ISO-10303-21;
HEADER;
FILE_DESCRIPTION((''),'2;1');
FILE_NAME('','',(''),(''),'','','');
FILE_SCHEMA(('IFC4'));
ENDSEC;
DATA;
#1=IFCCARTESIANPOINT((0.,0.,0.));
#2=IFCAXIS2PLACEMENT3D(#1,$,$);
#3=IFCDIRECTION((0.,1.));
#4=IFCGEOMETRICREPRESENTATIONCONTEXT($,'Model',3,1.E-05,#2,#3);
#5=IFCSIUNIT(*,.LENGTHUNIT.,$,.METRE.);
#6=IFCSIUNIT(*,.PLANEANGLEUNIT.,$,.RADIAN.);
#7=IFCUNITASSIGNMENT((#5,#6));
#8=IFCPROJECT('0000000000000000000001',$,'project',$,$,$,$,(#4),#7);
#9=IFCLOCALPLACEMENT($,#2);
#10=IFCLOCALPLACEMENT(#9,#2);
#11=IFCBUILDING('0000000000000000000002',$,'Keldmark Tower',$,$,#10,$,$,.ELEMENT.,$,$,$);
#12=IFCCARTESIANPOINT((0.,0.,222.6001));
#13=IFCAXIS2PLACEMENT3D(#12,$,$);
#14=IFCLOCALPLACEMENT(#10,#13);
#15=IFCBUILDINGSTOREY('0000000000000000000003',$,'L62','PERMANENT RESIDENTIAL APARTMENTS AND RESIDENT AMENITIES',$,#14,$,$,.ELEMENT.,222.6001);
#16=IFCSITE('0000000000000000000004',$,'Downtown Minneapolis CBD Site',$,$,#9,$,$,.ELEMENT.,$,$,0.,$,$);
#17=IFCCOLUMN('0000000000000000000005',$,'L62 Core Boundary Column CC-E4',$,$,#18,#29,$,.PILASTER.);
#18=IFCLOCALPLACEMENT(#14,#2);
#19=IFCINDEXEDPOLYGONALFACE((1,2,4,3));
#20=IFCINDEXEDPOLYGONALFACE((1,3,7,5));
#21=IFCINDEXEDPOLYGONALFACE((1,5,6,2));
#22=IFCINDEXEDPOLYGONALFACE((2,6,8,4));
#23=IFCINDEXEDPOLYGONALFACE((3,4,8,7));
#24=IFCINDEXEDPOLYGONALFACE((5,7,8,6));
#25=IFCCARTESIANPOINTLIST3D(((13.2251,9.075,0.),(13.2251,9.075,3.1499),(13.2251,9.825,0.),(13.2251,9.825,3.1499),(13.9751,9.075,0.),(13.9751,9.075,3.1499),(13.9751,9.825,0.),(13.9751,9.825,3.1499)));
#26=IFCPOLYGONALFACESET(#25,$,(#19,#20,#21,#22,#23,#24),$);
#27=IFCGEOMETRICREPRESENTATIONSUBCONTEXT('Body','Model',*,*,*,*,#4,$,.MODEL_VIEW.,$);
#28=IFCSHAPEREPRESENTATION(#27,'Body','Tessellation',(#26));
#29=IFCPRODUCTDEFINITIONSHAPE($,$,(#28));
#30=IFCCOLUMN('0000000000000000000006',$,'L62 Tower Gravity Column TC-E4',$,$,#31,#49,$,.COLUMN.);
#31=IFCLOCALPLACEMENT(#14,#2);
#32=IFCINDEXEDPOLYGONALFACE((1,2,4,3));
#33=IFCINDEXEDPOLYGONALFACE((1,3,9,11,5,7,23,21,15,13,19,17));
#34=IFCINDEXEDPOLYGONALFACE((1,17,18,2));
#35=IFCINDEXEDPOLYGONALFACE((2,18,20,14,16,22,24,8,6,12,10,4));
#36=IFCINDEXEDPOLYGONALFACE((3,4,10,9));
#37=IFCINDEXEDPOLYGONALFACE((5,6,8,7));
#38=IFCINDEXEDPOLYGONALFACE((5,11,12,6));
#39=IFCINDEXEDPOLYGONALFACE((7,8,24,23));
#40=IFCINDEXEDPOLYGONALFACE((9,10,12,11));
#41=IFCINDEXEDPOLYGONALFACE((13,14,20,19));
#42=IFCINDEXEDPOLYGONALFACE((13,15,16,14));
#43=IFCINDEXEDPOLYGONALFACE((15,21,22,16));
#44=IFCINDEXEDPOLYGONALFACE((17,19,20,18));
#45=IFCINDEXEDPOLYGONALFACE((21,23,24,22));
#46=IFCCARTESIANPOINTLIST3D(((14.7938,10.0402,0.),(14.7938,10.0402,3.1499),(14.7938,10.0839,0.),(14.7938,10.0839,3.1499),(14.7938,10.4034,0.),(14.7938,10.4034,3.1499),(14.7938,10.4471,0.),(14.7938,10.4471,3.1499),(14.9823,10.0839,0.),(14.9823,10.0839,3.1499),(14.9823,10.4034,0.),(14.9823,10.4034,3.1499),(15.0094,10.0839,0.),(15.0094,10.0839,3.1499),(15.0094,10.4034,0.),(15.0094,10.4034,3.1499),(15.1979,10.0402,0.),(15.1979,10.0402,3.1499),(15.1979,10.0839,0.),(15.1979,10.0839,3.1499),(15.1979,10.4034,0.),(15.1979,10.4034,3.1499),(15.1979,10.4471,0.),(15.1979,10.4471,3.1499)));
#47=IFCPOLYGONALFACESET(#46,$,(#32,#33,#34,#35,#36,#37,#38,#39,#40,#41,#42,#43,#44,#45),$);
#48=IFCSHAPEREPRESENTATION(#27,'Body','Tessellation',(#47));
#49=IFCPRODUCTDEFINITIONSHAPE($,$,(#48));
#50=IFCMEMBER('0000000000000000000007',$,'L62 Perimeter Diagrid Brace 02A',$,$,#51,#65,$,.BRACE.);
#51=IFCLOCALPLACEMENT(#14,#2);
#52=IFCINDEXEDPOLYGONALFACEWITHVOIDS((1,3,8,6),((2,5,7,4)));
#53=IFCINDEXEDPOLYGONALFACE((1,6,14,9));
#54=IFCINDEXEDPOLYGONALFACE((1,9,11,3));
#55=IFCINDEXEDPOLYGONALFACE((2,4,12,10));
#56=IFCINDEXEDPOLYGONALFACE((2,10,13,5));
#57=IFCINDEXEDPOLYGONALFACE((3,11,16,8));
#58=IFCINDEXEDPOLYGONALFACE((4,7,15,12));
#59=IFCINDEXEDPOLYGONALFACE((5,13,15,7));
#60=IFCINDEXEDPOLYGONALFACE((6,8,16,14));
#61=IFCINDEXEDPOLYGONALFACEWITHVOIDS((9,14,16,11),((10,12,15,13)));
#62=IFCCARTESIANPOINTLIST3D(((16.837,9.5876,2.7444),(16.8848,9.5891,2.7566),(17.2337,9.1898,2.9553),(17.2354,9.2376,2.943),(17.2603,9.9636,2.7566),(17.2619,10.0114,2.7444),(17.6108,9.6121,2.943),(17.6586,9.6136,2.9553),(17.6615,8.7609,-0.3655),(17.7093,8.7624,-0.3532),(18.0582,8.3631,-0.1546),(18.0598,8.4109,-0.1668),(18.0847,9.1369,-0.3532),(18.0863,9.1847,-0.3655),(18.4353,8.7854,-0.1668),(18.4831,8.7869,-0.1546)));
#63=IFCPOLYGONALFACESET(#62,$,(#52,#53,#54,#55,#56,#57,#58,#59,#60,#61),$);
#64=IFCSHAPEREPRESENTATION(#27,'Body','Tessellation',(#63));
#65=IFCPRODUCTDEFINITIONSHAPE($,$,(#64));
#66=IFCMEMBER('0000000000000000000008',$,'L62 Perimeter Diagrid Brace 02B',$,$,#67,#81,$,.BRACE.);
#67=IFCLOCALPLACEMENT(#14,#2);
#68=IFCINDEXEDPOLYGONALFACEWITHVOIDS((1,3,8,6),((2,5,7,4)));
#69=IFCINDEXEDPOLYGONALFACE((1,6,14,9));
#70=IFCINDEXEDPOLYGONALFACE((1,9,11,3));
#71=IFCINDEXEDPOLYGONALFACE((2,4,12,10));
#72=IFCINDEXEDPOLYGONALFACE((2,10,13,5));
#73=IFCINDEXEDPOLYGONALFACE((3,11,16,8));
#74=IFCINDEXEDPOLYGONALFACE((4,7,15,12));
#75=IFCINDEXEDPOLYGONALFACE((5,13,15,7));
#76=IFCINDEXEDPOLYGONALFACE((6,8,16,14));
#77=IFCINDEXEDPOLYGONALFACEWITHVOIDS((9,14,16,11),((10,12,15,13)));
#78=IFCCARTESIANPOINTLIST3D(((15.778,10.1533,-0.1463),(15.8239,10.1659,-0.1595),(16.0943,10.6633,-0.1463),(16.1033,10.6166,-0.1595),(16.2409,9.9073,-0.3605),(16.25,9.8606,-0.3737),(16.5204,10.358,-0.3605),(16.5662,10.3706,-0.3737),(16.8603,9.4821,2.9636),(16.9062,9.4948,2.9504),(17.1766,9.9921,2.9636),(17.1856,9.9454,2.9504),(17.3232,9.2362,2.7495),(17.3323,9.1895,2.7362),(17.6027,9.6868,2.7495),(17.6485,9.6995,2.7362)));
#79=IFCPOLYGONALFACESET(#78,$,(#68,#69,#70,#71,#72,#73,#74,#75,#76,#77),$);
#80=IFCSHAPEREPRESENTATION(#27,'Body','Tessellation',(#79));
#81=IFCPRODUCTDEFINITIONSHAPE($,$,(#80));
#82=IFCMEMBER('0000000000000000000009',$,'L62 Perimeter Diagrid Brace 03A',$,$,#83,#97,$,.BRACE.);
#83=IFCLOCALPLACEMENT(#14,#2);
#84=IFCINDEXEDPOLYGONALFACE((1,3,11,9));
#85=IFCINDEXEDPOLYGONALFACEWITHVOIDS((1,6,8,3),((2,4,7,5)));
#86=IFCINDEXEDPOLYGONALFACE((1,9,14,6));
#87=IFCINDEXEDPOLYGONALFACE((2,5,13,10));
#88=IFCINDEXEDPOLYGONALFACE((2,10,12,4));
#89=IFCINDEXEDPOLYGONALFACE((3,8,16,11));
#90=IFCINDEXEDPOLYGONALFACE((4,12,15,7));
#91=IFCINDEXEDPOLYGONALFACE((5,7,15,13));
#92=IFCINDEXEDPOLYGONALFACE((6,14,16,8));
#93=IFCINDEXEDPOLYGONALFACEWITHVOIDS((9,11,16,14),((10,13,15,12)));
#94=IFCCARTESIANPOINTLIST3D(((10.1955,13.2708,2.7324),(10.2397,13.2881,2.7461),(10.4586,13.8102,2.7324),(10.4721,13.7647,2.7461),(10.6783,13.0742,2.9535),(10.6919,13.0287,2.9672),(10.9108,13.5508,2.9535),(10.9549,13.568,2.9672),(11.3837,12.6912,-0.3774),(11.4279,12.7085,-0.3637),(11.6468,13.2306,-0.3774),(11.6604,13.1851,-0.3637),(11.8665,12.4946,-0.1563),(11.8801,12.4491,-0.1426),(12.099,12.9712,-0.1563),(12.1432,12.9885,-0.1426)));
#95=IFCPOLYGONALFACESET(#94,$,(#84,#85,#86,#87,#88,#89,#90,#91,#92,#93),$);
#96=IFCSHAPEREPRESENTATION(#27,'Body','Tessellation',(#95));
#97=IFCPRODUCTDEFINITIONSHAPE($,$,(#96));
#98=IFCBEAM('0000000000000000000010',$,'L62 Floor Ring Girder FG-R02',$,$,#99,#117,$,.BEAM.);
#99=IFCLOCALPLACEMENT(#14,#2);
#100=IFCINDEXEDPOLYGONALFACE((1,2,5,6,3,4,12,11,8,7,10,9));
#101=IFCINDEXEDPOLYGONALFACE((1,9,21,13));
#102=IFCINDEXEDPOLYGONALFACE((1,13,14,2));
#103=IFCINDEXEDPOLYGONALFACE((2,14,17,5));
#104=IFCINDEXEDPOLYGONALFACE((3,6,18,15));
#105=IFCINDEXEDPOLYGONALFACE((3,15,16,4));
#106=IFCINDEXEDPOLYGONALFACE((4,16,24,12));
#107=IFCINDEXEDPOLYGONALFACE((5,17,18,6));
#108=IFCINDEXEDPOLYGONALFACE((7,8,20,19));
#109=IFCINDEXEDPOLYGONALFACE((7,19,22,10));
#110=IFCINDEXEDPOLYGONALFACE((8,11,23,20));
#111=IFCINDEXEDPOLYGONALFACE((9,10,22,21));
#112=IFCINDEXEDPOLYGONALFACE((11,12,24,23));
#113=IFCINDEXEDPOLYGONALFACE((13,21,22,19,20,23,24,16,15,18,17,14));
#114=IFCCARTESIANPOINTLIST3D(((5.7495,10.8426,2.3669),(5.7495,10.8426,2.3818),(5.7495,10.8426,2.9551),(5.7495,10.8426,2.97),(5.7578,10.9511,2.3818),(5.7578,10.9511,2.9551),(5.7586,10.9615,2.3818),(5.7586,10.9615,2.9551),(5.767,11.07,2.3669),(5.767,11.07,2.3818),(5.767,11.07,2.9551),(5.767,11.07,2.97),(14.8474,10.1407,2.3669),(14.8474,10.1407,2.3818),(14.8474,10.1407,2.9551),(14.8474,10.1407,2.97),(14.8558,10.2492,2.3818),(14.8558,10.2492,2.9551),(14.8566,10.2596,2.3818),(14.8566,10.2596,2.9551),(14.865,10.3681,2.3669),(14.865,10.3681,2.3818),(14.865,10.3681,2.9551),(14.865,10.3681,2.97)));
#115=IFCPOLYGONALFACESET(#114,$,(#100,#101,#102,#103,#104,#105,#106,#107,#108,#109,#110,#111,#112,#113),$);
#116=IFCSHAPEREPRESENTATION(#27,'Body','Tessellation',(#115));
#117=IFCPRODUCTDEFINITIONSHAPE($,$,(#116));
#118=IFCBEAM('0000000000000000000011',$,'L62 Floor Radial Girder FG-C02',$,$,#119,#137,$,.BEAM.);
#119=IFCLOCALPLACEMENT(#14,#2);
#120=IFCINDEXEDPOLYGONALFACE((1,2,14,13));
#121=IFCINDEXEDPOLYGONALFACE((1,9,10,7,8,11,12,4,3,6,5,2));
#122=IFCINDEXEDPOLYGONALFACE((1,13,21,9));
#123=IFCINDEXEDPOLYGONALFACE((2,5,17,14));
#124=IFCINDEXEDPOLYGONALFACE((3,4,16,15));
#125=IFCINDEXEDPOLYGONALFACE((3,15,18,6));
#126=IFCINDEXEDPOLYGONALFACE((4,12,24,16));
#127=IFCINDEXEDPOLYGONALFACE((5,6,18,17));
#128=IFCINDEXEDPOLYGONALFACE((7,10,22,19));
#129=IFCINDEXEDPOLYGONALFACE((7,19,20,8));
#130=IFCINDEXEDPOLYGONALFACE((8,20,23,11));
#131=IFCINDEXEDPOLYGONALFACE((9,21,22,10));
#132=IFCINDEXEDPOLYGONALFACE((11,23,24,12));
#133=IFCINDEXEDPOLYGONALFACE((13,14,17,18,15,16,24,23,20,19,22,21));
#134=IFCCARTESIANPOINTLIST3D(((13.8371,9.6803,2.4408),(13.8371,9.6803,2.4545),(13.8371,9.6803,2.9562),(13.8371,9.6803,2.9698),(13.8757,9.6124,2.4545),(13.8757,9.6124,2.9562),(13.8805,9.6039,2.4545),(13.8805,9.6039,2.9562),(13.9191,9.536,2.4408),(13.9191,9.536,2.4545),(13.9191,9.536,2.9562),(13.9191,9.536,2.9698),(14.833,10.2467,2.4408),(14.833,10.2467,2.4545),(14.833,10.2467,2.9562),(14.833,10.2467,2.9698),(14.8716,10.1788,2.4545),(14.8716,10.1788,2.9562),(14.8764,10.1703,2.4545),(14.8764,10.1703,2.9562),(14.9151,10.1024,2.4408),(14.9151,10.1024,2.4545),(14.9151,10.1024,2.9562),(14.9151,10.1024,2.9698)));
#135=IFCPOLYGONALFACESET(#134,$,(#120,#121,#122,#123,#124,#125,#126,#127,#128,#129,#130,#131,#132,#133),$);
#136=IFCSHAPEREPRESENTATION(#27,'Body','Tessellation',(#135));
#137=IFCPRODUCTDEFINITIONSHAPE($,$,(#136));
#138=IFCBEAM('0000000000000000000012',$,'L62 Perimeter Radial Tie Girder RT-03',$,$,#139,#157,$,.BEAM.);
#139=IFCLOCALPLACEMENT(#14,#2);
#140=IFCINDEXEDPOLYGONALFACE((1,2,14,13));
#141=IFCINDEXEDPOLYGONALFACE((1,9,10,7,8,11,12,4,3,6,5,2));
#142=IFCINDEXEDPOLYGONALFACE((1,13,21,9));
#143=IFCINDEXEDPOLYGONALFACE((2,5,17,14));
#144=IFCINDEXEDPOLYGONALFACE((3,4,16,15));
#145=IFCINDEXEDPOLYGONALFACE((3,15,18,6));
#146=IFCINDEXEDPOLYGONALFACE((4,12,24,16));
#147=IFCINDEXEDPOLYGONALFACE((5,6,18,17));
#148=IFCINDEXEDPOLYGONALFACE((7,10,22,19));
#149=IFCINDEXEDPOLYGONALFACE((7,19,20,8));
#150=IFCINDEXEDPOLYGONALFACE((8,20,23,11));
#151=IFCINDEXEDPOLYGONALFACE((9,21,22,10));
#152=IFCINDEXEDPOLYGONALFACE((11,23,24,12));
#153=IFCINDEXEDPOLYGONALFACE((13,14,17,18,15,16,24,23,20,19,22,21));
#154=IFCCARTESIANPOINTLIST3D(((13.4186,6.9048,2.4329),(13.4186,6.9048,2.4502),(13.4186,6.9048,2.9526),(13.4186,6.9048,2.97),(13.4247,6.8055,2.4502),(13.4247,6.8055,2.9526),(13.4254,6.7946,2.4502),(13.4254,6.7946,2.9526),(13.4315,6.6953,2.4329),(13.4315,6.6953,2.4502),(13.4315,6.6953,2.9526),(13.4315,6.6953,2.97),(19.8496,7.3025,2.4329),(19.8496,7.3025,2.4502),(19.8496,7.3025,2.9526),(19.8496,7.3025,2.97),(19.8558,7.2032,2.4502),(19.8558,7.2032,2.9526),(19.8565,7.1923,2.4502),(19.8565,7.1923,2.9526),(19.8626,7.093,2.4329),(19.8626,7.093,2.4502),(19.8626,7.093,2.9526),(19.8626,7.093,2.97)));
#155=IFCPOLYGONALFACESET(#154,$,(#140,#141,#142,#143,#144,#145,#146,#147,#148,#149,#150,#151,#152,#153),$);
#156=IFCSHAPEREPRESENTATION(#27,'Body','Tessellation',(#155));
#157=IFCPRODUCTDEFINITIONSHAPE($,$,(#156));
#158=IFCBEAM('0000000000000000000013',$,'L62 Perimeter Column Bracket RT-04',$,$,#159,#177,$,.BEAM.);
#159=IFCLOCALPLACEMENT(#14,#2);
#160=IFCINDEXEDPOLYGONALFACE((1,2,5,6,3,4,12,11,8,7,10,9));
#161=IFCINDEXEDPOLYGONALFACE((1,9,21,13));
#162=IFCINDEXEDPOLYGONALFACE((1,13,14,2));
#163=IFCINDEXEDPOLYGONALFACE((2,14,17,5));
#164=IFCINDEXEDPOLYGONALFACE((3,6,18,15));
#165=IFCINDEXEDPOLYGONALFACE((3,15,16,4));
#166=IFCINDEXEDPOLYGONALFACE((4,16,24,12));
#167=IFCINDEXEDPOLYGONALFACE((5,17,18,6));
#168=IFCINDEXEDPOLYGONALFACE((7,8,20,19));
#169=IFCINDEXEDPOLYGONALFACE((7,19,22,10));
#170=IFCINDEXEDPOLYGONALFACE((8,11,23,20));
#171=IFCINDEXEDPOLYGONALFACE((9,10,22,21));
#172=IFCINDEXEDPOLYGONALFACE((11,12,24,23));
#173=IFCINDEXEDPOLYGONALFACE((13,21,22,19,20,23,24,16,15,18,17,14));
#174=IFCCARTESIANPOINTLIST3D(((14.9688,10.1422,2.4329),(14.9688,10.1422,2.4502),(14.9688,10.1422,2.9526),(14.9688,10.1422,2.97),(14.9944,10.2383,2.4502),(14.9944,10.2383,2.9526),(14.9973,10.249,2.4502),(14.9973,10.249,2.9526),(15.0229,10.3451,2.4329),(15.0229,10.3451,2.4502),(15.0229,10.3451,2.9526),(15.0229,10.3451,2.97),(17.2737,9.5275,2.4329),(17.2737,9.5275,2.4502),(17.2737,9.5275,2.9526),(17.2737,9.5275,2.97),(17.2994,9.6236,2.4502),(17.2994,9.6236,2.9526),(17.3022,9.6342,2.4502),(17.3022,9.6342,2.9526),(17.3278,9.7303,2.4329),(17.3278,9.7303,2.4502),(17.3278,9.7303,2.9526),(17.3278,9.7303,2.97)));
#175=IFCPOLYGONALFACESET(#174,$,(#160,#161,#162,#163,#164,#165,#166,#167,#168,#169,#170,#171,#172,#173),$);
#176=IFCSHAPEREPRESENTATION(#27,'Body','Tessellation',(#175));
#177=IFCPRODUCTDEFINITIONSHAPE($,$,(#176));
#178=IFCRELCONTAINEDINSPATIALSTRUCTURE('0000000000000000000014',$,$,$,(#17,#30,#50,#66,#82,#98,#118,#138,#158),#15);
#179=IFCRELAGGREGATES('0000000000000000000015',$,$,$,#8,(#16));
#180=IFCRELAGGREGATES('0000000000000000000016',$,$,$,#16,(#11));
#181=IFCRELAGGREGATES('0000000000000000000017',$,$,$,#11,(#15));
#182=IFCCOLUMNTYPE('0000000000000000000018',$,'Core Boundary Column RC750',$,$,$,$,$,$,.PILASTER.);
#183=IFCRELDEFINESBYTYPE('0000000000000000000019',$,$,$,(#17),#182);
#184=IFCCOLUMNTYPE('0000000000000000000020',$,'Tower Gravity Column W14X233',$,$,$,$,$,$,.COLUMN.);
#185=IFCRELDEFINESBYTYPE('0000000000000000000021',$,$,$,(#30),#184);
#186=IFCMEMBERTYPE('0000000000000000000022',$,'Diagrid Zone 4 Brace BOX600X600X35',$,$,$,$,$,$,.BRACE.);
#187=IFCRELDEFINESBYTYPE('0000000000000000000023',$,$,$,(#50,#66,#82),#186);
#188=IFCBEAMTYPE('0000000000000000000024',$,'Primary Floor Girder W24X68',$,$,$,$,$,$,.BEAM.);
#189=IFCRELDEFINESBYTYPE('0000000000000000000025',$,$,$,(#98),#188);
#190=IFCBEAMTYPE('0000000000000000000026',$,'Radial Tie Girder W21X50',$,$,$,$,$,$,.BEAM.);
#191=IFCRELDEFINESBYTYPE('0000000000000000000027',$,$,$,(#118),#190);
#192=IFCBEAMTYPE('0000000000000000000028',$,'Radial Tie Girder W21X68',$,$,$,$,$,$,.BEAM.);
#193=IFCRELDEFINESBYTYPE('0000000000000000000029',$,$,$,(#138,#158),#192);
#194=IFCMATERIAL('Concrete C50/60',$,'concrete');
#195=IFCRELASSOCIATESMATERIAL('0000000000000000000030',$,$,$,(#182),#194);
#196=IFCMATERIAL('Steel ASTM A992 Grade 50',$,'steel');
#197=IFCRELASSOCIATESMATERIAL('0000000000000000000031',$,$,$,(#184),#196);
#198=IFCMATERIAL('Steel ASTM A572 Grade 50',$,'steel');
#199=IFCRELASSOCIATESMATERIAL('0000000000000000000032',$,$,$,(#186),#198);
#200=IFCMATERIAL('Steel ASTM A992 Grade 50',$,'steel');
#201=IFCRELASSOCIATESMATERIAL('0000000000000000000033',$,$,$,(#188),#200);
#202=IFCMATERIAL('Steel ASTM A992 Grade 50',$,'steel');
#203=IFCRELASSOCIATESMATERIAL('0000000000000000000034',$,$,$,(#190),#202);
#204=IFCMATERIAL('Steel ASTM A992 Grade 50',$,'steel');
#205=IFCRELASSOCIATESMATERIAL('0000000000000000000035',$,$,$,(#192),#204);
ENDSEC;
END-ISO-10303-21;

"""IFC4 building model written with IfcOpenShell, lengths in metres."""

from ifc_helpers import new_model, si_unit, direction, frame, origin, origin_2d, place, context, subcontext, project, spatial, rectangle, hollow_rectangle, i_section, extrude, material, material_profile, profile_set, type_object, element, save


model = new_model("IFC4")

# Units and contexts
model_context = context("Model", 3, precision=1e-05, world=origin(), true_north=direction((0.0, 1.0)))
body_context = subcontext(model_context, "Body", "Model", "MODEL_VIEW")
ifc_project = project(units=[si_unit("LENGTHUNIT", "METRE"), si_unit("PLANEANGLEUNIT", "RADIAN")], contexts=[model_context])

# Site, building, storey
site_placement = place(None, origin())
site = spatial("IfcSite", under=ifc_project, at=site_placement, Name="Downtown Minneapolis CBD Site", CompositionType="ELEMENT", RefElevation=0.0)
building_placement = place(site_placement, origin())
building = spatial("IfcBuilding", under=site, at=building_placement, Name="Keldmark Tower", CompositionType="ELEMENT")
storey_placement = place(building_placement, frame((0.0, 0.0, 222.6001)))
storey = spatial("IfcBuildingStorey", under=building, at=storey_placement, Name="L62", Description="PERMANENT RESIDENTIAL APARTMENTS AND RESIDENT AMENITIES", CompositionType="ELEMENT", Elevation=222.6001)

# Columns
ifc_material_1 = material(Name="Concrete C50/60", Category="concrete")
ifc_material_profile_1 = material_profile(ifc_material_1, rectangle(XDim=0.75, YDim=0.75, at=origin_2d()), Name="RC750X750")
ifc_profile_set_1 = profile_set([ifc_material_profile_1], Name="Concrete C50/60")
column_type_1 = type_object("IfcColumnType", Name="Core Boundary Column RC750", PredefinedType="PILASTER", material=ifc_profile_set_1)
column_1_placement = place(storey_placement, frame((13.6001, 9.45, 0.0), z_axis=(0.0, 0.0, 1.0), x_axis=(1.0, 0.0, 0.0)))
element("IfcColumn", 1, at=column_1_placement, inside=storey, type_object=column_type_1, Name="L62 Core Boundary Column CC-E4", PredefinedType="PILASTER", context=body_context, shape_type="SweptSolid", body=[
    extrude(rectangle(XDim=0.75, YDim=0.75, at=origin_2d()), origin(), (0.0, 0.0, 1.0), 3.1499),
])
ifc_material_2 = material(Name="Steel ASTM A992 Grade 50", Category="steel")
ifc_material_profile_2 = material_profile(ifc_material_2, i_section(OverallWidth=0.4041, OverallDepth=0.407, WebThickness=0.0271, FlangeThickness=0.0437, at=origin_2d()), Name="W14X233")
ifc_profile_set_2 = profile_set([ifc_material_profile_2], Name="Steel ASTM A992 Grade 50")
column_type_2 = type_object("IfcColumnType", Name="Tower Gravity Column W14X233", PredefinedType="COLUMN", material=ifc_profile_set_2)
column_2_placement = place(storey_placement, frame((14.9958, 10.2437, 0.0), z_axis=(0.0, 0.0, 1.0), x_axis=(1.0, 0.0, 0.0)))
element("IfcColumn", 2, at=column_2_placement, inside=storey, type_object=column_type_2, Name="L62 Tower Gravity Column TC-E4", PredefinedType="COLUMN", context=body_context, shape_type="SweptSolid", body=[
    extrude(i_section(OverallWidth=0.4041, OverallDepth=0.407, WebThickness=0.0271, FlangeThickness=0.0437, at=origin_2d()), origin(), (0.0, 0.0, 1.0), 3.1499),
])

# Members
ifc_material_3 = material(Name="Steel ASTM A572 Grade 50", Category="steel")
ifc_material_profile_3 = material_profile(ifc_material_3, hollow_rectangle(XDim=0.6001, YDim=0.6001, WallThickness=0.0349, at=origin_2d()), Name="BOX600X600X35")
ifc_profile_set_3 = profile_set([ifc_material_profile_3], Name="Steel ASTM A572 Grade 50")
member_type = type_object("IfcMemberType", Name="Diagrid Zone 4 Brace BOX600X600X35", PredefinedType="BRACE", material=ifc_profile_set_3)
member_1_placement = place(storey_placement, frame((18.0723, 8.7739, -0.26), z_axis=(-0.248198, 0.248859, 0.936198), x_axis=(-0.708047, -0.706165, 0.0)))
element("IfcMember", 3, at=member_1_placement, inside=storey, type_object=member_type, Name="L62 Perimeter Diagrid Brace 02A", PredefinedType="BRACE", context=body_context, shape_type="SweptSolid", body=[
    extrude(hollow_rectangle(XDim=0.6001, YDim=0.6001, WallThickness=0.0349, at=origin_2d()), origin(), (0.0, 0.0, 1.0), 3.3218),
])
member_2_placement = place(storey_placement, frame((16.1721, 10.262, -0.26), z_axis=(0.322057, -0.199715, 0.925415), x_axis=(0.527014, 0.849856, 0.0)))
element("IfcMember", 4, at=member_2_placement, inside=storey, type_object=member_type, Name="L62 Perimeter Diagrid Brace 02B", PredefinedType="BRACE", context=body_context, shape_type="SweptSolid", body=[
    extrude(hollow_rectangle(XDim=0.6001, YDim=0.6001, WallThickness=0.0349, at=origin_2d()), origin(), (0.0, 0.0, 1.0), 3.3606),
])
member_3_placement = place(storey_placement, frame((11.7634, 12.8398, -0.26), z_axis=(-0.35163, 0.171516, 0.920293), x_axis=(-0.438402, -0.898779, 0.0)))
element("IfcMember", 5, at=member_3_placement, inside=storey, type_object=member_type, Name="L62 Perimeter Diagrid Brace 03A", PredefinedType="BRACE", context=body_context, shape_type="SweptSolid", body=[
    extrude(hollow_rectangle(XDim=0.6001, YDim=0.6001, WallThickness=0.0349, at=origin_2d()), origin(), (0.0, 0.0, 1.0), 3.3792),
])

# Beams
ifc_material_4 = material(Name="Steel ASTM A992 Grade 50", Category="steel")
ifc_material_profile_4 = material_profile(ifc_material_4, i_section(OverallWidth=0.228, OverallDepth=0.603, WebThickness=0.0105, FlangeThickness=0.0149, at=origin_2d()), Name="W24X68")
ifc_profile_set_4 = profile_set([ifc_material_profile_4], Name="Steel ASTM A992 Grade 50")
beam_type_1 = type_object("IfcBeamType", Name="Primary Floor Girder W24X68", PredefinedType="BEAM", material=ifc_profile_set_4)
beam_1_placement = place(storey_placement, frame((14.8562, 10.2544, 2.6685), z_axis=(-0.997037, 0.076922, 0.0), x_axis=(-0.076922, -0.997037, 0.0)))
element("IfcBeam", 6, at=beam_1_placement, inside=storey, type_object=beam_type_1, Name="L62 Floor Ring Girder FG-R02", PredefinedType="BEAM", context=body_context, shape_type="SweptSolid", body=[
    extrude(i_section(OverallWidth=0.228, OverallDepth=0.603, WebThickness=0.0105, FlangeThickness=0.0149, at=origin_2d()), origin(), (0.0, 0.0, 1.0), 9.125),
])
ifc_material_5 = material(Name="Steel ASTM A992 Grade 50", Category="steel")
ifc_material_profile_5 = material_profile(ifc_material_5, i_section(OverallWidth=0.166, OverallDepth=0.5291, WebThickness=0.0098, FlangeThickness=0.0137, at=origin_2d()), Name="W21X50")
ifc_profile_set_5 = profile_set([ifc_material_profile_5], Name="Steel ASTM A992 Grade 50")
beam_type_2 = type_object("IfcBeamType", Name="Radial Tie Girder W21X50", PredefinedType="BEAM", material=ifc_profile_set_5)
beam_2_placement = place(storey_placement, frame((14.874, 10.1746, 2.7053), z_axis=(-0.869238, -0.494394, 0.0), x_axis=(0.494394, -0.869238, 0.0)))
element("IfcBeam", 7, at=beam_2_placement, inside=storey, type_object=beam_type_2, Name="L62 Floor Radial Girder FG-C02", PredefinedType="BEAM", context=body_context, shape_type="SweptSolid", body=[
    extrude(i_section(OverallWidth=0.166, OverallDepth=0.5291, WebThickness=0.0098, FlangeThickness=0.0137, at=origin_2d()), origin(), (0.0, 0.0, 1.0), 1.1458),
])
ifc_material_6 = material(Name="Steel ASTM A992 Grade 50", Category="steel")
ifc_material_profile_6 = material_profile(ifc_material_6, i_section(OverallWidth=0.21, OverallDepth=0.5371, WebThickness=0.011, FlangeThickness=0.0173, at=origin_2d()), Name="W21X68")
ifc_profile_set_6 = profile_set([ifc_material_profile_6], Name="Steel ASTM A992 Grade 50")
beam_type_3 = type_object("IfcBeamType", Name="Radial Tie Girder W21X68", PredefinedType="BEAM", material=ifc_profile_set_6)
beam_3_placement = place(storey_placement, frame((13.425, 6.8, 2.7014), z_axis=(0.998093, 0.061722, 0.0), x_axis=(-0.061722, 0.998093, 0.0)))
element("IfcBeam", 8, at=beam_3_placement, inside=storey, type_object=beam_type_3, Name="L62 Perimeter Radial Tie Girder RT-03", PredefinedType="BEAM", context=body_context, shape_type="SweptSolid", body=[
    extrude(i_section(OverallWidth=0.21, OverallDepth=0.5371, WebThickness=0.011, FlangeThickness=0.0173, at=origin_2d()), origin(), (0.0, 0.0, 1.0), 6.4434),
])
beam_4_placement = place(storey_placement, frame((14.9958, 10.2437, 2.7014), z_axis=(0.966225, -0.257701, 0.0), x_axis=(0.257701, 0.966225, 0.0)))
element("IfcBeam", 9, at=beam_4_placement, inside=storey, type_object=beam_type_3, Name="L62 Perimeter Column Bracket RT-04", PredefinedType="BEAM", context=body_context, shape_type="SweptSolid", body=[
    extrude(i_section(OverallWidth=0.21, OverallDepth=0.5371, WebThickness=0.011, FlangeThickness=0.0173, at=origin_2d()), origin(), (0.0, 0.0, 1.0), 2.3855),
])

save(model, "model.ifc")
